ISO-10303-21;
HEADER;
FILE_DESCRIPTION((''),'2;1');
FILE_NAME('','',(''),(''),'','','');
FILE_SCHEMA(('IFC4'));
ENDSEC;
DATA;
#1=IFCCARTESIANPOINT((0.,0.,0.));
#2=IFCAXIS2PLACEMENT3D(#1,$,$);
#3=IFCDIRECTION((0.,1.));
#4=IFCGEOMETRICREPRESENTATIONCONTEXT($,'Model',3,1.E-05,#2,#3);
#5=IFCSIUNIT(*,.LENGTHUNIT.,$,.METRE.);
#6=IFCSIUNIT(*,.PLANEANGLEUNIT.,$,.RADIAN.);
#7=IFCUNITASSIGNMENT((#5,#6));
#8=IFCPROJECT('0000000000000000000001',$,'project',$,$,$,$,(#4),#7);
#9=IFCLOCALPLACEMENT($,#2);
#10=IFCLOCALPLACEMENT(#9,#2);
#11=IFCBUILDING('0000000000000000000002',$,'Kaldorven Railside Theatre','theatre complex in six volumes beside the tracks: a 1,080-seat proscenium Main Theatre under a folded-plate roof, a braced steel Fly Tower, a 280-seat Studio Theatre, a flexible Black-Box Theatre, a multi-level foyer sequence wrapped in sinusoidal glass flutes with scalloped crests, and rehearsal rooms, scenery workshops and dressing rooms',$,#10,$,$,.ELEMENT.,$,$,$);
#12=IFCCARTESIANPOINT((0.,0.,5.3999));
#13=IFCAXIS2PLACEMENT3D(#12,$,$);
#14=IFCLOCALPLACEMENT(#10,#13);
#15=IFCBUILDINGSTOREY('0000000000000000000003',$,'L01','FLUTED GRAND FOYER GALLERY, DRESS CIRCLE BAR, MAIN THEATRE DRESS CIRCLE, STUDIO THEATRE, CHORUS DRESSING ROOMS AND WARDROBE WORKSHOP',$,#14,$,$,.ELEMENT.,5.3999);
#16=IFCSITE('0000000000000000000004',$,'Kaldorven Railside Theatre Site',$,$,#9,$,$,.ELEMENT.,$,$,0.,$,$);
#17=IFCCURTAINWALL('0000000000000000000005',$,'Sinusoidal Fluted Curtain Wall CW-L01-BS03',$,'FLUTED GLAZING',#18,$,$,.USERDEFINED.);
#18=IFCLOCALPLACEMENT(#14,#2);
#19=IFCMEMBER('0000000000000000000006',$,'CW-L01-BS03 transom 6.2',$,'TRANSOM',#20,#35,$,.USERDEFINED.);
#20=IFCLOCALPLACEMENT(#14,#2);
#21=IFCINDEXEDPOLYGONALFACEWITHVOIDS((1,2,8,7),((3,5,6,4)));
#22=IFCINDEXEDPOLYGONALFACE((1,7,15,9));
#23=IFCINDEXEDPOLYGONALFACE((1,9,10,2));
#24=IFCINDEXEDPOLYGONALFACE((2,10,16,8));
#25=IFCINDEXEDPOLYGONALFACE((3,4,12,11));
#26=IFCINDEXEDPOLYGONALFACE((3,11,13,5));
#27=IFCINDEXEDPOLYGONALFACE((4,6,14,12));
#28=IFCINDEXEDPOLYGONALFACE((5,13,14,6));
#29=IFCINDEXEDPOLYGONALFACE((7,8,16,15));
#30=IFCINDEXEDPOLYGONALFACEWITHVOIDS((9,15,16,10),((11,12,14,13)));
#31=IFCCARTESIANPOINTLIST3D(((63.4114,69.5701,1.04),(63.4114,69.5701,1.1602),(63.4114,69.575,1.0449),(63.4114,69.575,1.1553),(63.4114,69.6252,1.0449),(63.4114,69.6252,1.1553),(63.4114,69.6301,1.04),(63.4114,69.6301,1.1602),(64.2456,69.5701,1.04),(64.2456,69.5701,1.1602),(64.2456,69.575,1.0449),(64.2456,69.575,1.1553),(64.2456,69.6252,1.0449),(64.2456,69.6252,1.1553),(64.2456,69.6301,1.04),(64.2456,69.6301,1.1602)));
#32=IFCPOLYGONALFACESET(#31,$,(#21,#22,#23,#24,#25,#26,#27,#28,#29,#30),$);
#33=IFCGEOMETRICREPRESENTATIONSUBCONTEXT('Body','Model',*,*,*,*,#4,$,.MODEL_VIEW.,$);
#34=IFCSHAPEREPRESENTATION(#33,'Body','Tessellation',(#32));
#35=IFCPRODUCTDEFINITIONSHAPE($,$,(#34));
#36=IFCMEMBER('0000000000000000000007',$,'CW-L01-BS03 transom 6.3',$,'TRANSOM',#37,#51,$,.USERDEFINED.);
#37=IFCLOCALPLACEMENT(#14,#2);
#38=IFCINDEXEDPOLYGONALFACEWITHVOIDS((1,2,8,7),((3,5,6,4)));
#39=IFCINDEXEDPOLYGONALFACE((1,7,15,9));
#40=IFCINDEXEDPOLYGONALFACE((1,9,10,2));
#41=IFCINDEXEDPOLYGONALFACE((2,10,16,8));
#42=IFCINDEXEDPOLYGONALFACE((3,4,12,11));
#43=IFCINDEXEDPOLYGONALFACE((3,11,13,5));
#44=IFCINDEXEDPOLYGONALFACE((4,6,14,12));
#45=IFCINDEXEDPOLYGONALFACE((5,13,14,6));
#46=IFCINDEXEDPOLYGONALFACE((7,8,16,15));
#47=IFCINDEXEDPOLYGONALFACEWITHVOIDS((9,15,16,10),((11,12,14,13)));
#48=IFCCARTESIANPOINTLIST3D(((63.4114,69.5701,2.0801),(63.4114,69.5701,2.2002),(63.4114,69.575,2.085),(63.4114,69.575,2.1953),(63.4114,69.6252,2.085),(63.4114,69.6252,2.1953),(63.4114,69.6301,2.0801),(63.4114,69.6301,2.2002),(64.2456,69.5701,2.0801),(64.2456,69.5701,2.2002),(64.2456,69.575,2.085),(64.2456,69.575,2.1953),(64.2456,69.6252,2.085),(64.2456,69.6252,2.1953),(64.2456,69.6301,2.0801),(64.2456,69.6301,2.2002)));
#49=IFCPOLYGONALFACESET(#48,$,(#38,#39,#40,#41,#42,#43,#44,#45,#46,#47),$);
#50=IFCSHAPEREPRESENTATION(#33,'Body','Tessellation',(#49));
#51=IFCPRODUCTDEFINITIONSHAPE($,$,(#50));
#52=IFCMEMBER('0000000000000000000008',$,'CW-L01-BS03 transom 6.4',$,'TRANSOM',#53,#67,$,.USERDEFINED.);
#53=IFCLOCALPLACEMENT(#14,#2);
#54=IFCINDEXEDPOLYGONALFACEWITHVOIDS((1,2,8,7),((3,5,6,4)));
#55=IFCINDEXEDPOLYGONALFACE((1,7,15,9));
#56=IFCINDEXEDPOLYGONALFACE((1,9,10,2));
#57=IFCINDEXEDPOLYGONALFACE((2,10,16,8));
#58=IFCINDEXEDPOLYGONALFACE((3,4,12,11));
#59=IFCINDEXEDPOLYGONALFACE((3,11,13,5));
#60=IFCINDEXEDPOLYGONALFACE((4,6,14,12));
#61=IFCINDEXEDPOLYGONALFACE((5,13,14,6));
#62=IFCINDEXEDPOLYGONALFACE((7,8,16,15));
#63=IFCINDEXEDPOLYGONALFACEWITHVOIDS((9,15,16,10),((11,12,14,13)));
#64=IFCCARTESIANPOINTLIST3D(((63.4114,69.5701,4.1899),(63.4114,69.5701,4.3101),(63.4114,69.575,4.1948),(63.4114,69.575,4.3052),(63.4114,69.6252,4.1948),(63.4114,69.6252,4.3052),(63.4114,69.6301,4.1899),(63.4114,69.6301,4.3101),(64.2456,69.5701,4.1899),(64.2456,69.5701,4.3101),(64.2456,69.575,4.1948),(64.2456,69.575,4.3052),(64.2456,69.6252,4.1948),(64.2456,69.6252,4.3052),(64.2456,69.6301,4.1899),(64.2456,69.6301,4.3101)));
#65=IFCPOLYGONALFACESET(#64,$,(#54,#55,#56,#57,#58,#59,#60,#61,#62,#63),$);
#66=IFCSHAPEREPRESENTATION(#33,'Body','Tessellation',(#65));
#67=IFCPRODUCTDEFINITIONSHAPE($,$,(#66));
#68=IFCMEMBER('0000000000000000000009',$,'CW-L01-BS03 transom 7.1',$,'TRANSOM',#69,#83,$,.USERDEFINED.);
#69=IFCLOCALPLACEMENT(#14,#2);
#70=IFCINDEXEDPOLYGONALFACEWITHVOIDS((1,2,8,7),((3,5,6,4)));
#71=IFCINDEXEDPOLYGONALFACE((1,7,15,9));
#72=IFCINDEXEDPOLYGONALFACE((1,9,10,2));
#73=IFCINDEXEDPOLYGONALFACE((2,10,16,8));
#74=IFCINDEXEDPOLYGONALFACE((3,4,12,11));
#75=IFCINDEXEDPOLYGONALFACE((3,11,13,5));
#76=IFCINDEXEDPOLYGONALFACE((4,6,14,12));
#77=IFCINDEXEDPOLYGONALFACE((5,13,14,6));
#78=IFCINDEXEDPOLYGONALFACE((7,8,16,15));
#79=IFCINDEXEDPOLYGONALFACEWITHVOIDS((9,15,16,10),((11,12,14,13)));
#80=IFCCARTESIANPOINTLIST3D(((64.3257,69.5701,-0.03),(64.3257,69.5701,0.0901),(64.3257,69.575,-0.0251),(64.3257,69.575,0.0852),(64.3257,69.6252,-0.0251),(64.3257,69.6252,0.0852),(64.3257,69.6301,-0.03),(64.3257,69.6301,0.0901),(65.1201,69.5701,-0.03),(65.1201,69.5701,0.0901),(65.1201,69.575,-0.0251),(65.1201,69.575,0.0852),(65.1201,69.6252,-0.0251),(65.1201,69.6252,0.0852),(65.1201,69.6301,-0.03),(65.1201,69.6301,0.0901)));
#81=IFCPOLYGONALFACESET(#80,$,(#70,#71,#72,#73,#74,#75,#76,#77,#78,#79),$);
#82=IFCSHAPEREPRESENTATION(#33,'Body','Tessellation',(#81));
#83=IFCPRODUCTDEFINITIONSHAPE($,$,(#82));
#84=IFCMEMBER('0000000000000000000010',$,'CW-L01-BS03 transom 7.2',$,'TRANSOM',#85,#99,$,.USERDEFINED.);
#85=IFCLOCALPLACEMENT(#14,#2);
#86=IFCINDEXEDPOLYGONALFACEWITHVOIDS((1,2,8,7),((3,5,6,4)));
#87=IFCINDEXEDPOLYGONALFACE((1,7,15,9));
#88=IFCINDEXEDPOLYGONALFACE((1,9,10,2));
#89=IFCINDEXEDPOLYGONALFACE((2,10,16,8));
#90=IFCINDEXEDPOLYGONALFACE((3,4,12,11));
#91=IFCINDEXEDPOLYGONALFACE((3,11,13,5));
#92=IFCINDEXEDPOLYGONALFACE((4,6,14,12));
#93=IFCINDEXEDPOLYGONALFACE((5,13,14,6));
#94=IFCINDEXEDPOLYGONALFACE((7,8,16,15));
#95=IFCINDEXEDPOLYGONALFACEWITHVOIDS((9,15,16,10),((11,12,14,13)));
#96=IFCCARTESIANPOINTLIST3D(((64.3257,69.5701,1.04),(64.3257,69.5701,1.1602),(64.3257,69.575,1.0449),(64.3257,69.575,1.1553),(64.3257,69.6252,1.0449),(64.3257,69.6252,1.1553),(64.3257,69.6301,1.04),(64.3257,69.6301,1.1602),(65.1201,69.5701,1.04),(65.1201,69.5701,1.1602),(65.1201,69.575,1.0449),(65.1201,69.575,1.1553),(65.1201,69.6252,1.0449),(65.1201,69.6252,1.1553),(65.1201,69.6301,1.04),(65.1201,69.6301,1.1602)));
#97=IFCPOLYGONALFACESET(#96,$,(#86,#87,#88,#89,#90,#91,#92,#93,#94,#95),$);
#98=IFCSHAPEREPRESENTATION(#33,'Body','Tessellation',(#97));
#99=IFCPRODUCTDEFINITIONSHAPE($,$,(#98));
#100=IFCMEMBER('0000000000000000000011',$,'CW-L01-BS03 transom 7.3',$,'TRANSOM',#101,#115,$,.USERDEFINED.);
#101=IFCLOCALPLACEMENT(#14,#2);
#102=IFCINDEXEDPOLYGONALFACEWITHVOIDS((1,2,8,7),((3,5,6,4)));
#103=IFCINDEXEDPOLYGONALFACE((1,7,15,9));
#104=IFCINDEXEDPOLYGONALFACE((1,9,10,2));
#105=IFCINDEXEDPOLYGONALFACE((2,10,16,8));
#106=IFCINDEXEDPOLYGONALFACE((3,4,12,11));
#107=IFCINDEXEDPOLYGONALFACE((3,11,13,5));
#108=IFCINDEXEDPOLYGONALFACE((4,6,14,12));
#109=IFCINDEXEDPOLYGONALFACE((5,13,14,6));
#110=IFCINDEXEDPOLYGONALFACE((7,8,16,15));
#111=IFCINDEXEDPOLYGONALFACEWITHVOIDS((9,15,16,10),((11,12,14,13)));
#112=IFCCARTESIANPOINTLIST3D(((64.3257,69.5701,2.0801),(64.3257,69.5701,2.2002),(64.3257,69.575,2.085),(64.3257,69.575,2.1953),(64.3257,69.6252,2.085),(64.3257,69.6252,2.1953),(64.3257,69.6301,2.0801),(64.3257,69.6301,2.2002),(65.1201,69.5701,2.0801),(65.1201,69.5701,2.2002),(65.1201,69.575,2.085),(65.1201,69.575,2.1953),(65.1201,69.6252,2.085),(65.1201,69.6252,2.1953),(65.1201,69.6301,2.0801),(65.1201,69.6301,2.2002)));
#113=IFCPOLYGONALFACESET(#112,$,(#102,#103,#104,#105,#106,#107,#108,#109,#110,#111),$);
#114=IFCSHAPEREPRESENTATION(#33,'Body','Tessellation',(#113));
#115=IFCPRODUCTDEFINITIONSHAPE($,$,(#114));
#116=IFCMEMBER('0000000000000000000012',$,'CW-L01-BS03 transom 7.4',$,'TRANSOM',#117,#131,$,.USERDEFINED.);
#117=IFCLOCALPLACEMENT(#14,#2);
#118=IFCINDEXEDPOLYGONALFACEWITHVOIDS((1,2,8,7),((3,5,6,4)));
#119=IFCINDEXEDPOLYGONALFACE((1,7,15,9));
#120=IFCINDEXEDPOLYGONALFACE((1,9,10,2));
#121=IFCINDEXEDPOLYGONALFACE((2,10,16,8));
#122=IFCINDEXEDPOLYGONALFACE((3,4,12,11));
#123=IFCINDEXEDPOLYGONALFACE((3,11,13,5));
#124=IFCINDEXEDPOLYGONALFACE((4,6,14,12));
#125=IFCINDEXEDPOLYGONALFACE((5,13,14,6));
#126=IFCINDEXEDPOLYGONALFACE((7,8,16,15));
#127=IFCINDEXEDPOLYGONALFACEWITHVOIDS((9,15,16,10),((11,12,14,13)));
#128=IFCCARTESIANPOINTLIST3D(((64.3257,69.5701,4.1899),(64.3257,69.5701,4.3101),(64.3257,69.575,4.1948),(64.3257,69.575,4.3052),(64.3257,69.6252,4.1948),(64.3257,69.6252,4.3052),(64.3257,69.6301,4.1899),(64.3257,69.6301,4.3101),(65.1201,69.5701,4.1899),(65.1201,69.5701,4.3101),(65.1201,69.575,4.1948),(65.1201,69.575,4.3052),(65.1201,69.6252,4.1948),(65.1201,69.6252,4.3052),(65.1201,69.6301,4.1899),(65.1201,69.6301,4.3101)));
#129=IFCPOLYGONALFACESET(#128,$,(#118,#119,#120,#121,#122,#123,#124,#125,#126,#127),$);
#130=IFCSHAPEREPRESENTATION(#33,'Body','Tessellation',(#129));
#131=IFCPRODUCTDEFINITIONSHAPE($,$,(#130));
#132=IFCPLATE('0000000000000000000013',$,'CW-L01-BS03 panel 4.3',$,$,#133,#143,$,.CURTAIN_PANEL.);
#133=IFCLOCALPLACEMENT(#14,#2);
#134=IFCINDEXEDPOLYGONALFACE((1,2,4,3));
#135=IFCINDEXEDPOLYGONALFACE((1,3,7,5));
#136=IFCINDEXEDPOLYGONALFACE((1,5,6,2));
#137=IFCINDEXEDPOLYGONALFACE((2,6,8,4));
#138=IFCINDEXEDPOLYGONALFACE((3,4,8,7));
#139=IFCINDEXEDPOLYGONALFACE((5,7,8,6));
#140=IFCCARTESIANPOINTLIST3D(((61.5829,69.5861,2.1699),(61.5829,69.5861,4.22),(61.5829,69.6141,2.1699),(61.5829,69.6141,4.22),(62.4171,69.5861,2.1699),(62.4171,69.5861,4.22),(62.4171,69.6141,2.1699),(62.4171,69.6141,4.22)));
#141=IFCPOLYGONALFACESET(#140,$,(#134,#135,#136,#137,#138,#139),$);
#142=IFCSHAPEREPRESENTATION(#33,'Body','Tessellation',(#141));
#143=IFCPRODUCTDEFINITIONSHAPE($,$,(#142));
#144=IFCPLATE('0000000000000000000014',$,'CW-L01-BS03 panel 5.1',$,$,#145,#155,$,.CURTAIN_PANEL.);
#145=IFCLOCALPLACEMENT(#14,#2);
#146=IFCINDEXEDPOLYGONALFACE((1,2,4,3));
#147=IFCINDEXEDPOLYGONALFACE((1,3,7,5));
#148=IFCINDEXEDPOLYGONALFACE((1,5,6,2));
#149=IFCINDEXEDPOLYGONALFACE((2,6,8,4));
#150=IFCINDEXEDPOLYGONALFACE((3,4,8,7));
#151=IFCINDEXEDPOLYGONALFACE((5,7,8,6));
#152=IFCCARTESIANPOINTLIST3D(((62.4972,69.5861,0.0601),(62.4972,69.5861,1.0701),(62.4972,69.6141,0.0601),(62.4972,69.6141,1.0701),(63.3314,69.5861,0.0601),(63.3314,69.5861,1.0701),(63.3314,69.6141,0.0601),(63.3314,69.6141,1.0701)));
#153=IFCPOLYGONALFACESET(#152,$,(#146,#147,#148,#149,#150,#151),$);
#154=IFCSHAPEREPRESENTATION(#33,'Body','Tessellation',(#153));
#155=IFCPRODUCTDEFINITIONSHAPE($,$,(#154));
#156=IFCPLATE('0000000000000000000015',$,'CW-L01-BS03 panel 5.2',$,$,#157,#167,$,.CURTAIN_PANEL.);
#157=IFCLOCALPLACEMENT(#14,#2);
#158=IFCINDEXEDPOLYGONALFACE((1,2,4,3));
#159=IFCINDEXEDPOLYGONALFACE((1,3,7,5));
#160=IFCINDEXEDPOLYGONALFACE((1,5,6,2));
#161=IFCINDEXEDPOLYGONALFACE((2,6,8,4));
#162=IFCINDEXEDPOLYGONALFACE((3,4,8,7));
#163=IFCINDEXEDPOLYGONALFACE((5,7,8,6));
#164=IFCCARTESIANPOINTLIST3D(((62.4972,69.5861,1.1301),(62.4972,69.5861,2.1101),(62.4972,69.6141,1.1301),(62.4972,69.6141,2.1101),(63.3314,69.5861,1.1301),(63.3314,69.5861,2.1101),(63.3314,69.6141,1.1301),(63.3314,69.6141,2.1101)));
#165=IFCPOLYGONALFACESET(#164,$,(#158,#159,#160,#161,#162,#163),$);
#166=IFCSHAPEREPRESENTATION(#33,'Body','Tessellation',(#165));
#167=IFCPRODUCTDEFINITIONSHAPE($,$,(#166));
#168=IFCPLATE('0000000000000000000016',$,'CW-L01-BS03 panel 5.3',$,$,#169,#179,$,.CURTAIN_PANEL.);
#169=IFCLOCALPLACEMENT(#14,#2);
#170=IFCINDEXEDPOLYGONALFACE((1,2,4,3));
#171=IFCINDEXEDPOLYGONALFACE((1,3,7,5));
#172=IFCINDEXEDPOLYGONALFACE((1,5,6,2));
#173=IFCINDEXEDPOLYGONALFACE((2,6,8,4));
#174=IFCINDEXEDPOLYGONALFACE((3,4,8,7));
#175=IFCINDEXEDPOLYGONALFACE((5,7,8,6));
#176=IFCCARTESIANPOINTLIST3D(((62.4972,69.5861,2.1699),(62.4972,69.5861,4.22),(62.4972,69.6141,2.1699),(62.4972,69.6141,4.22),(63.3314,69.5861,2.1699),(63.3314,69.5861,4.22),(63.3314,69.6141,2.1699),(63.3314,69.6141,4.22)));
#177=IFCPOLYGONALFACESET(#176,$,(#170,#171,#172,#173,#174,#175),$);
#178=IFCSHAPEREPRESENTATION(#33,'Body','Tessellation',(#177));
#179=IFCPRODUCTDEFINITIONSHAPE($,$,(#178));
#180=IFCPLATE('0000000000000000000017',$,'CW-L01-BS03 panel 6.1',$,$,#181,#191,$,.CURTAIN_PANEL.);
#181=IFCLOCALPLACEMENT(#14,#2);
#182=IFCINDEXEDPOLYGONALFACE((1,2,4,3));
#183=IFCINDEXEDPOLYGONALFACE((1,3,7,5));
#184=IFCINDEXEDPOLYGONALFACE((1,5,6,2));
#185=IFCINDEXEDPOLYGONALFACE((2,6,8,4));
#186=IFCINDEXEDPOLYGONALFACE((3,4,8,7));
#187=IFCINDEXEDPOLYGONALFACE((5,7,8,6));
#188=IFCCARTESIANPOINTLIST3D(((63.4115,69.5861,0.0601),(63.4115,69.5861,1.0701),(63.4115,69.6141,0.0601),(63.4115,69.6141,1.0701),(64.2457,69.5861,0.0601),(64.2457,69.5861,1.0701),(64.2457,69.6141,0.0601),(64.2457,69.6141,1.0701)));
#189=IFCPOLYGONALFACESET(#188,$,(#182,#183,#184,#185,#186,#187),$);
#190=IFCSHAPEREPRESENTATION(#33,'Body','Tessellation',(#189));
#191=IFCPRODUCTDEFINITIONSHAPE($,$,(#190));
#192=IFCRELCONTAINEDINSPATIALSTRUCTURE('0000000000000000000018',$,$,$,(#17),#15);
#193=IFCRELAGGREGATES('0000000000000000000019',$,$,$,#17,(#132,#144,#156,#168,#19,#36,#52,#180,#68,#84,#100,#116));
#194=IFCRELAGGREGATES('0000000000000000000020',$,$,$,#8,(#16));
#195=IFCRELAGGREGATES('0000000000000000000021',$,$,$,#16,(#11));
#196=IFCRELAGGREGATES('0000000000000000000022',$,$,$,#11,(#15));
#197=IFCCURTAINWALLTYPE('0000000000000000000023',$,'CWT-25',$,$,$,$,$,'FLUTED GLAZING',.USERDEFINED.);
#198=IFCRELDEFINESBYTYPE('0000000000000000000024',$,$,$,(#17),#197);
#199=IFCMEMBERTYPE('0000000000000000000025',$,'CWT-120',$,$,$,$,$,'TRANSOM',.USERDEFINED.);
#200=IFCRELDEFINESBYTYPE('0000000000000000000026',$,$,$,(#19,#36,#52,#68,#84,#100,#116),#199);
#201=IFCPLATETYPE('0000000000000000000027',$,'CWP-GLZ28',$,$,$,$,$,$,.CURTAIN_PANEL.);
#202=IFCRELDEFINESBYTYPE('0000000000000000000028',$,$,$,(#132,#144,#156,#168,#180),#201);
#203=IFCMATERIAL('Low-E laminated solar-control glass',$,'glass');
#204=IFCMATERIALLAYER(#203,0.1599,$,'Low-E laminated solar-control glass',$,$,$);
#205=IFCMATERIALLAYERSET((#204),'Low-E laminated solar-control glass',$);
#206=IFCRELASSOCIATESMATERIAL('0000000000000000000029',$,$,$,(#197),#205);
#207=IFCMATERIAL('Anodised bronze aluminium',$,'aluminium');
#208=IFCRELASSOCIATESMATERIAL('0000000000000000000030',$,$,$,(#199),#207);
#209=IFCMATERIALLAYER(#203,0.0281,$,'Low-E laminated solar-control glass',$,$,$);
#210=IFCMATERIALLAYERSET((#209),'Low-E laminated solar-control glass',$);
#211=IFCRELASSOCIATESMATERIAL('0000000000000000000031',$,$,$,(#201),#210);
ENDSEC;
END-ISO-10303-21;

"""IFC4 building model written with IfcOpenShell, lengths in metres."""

from ifc_helpers import new_model, si_unit, direction, frame, origin, origin_2d, place, context, subcontext, project, spatial, rectangle, hollow_rectangle, extrude, material, layer, layer_set, material_profile, profile_set, type_object, element, aggregate, save


model = new_model("IFC4")

# Units and contexts
model_context = context("Model", 3, precision=1e-05, world=origin(), true_north=direction((0.0, 1.0)))
body_context = subcontext(model_context, "Body", "Model", "MODEL_VIEW")
ifc_project = project(units=[si_unit("LENGTHUNIT", "METRE"), si_unit("PLANEANGLEUNIT", "RADIAN")], contexts=[model_context])

# Site, building, storey
site_placement = place(None, origin())
site = spatial("IfcSite", under=ifc_project, at=site_placement, Name="Kaldorven Railside Theatre Site", CompositionType="ELEMENT", RefElevation=0.0)
building_placement = place(site_placement, origin())
building = spatial("IfcBuilding", under=site, at=building_placement, Name="Kaldorven Railside Theatre", Description="theatre complex in six volumes beside the tracks: a 1,080-seat proscenium Main Theatre under a folded-plate roof, a braced steel Fly Tower, a 280-seat Studio Theatre, a flexible Black-Box Theatre, a multi-level foyer sequence wrapped in sinusoidal glass flutes with scalloped crests, and rehearsal rooms, scenery workshops and dressing rooms", CompositionType="ELEMENT")
storey_placement = place(building_placement, frame((0.0, 0.0, 5.3999)))
storey = spatial("IfcBuildingStorey", under=building, at=storey_placement, Name="L01", Description="FLUTED GRAND FOYER GALLERY, DRESS CIRCLE BAR, MAIN THEATRE DRESS CIRCLE, STUDIO THEATRE, CHORUS DRESSING ROOMS AND WARDROBE WORKSHOP", CompositionType="ELEMENT", Elevation=5.3999)

# Curtain wall, members, plates
ifc_material_1 = material(Name="Low-E laminated solar-control glass", Category="glass")
ifc_layer_1 = layer(ifc_material_1, 0.1599, Name="Low-E laminated solar-control glass")
ifc_layer_set_1 = layer_set([ifc_layer_1], Name="Low-E laminated solar-control glass")
curtain_wall_type = type_object("IfcCurtainWallType", Name="CWT-25", ElementType="FLUTED GLAZING", PredefinedType="USERDEFINED", material=ifc_layer_set_1)
curtain_wall_placement = place(storey_placement, origin())
curtain_wall = element("IfcCurtainWall", 1, at=curtain_wall_placement, inside=storey, type_object=curtain_wall_type, Name="Sinusoidal Fluted Curtain Wall CW-L01-BS03", ObjectType="FLUTED GLAZING", PredefinedType="USERDEFINED")
ifc_material_2 = material(Name="Anodised bronze aluminium", Category="aluminium")
ifc_material_profile_1 = material_profile(ifc_material_2, hollow_rectangle(XDim=0.0601, YDim=0.1201, WallThickness=0.0049, at=origin_2d()), Name="RHS 120x60x5")
ifc_profile_set_1 = profile_set([ifc_material_profile_1], Name="Anodised bronze aluminium")
member_type_1 = type_object("IfcMemberType", Name="CWT-120", ElementType="TRANSOM", PredefinedType="USERDEFINED", material=ifc_profile_set_1)
member_1_placement = place(storey_placement, frame((63.4114, 69.6001, 1.1001), z_axis=(1.0, 0.0, 0.0), x_axis=(0.0, 1.0, 0.0)))
member_1 = element("IfcMember", 2, at=member_1_placement, type_object=member_type_1, Name="CW-L01-BS03 transom 6.2", ObjectType="TRANSOM", PredefinedType="USERDEFINED", context=body_context, shape_type="SweptSolid", body=[
    extrude(hollow_rectangle(XDim=0.0601, YDim=0.1201, WallThickness=0.0049, at=origin_2d()), origin(), (0.0, 0.0, 1.0), 0.8342),
])
member_2_placement = place(storey_placement, frame((63.4114, 69.6001, 2.1401), z_axis=(1.0, 0.0, 0.0), x_axis=(0.0, 1.0, 0.0)))
member_2 = element("IfcMember", 3, at=member_2_placement, type_object=member_type_1, Name="CW-L01-BS03 transom 6.3", ObjectType="TRANSOM", PredefinedType="USERDEFINED", context=body_context, shape_type="SweptSolid", body=[
    extrude(hollow_rectangle(XDim=0.0601, YDim=0.1201, WallThickness=0.0049, at=origin_2d()), origin(), (0.0, 0.0, 1.0), 0.8342),
])
member_3_placement = place(storey_placement, frame((63.4114, 69.6001, 4.25), z_axis=(1.0, 0.0, 0.0), x_axis=(0.0, 1.0, 0.0)))
member_3 = element("IfcMember", 4, at=member_3_placement, type_object=member_type_1, Name="CW-L01-BS03 transom 6.4", ObjectType="TRANSOM", PredefinedType="USERDEFINED", context=body_context, shape_type="SweptSolid", body=[
    extrude(hollow_rectangle(XDim=0.0601, YDim=0.1201, WallThickness=0.0049, at=origin_2d()), origin(), (0.0, 0.0, 1.0), 0.8342),
])
member_4_placement = place(storey_placement, frame((64.3257, 69.6001, 0.03), z_axis=(1.0, 0.0, 0.0), x_axis=(0.0, 1.0, 0.0)))
member_4 = element("IfcMember", 5, at=member_4_placement, type_object=member_type_1, Name="CW-L01-BS03 transom 7.1", ObjectType="TRANSOM", PredefinedType="USERDEFINED", context=body_context, shape_type="SweptSolid", body=[
    extrude(hollow_rectangle(XDim=0.0601, YDim=0.1201, WallThickness=0.0049, at=origin_2d()), origin(), (0.0, 0.0, 1.0), 0.7944),
])
member_5_placement = place(storey_placement, frame((64.3257, 69.6001, 1.1001), z_axis=(1.0, 0.0, 0.0), x_axis=(0.0, 1.0, 0.0)))
member_5 = element("IfcMember", 6, at=member_5_placement, type_object=member_type_1, Name="CW-L01-BS03 transom 7.2", ObjectType="TRANSOM", PredefinedType="USERDEFINED", context=body_context, shape_type="SweptSolid", body=[
    extrude(hollow_rectangle(XDim=0.0601, YDim=0.1201, WallThickness=0.0049, at=origin_2d()), origin(), (0.0, 0.0, 1.0), 0.7944),
])
member_6_placement = place(storey_placement, frame((64.3257, 69.6001, 2.1401), z_axis=(1.0, 0.0, 0.0), x_axis=(0.0, 1.0, 0.0)))
member_6 = element("IfcMember", 7, at=member_6_placement, type_object=member_type_1, Name="CW-L01-BS03 transom 7.3", ObjectType="TRANSOM", PredefinedType="USERDEFINED", context=body_context, shape_type="SweptSolid", body=[
    extrude(hollow_rectangle(XDim=0.0601, YDim=0.1201, WallThickness=0.0049, at=origin_2d()), origin(), (0.0, 0.0, 1.0), 0.7944),
])
member_7_placement = place(storey_placement, frame((64.3257, 69.6001, 4.25), z_axis=(1.0, 0.0, 0.0), x_axis=(0.0, 1.0, 0.0)))
member_7 = element("IfcMember", 8, at=member_7_placement, type_object=member_type_1, Name="CW-L01-BS03 transom 7.4", ObjectType="TRANSOM", PredefinedType="USERDEFINED", context=body_context, shape_type="SweptSolid", body=[
    extrude(hollow_rectangle(XDim=0.0601, YDim=0.1201, WallThickness=0.0049, at=origin_2d()), origin(), (0.0, 0.0, 1.0), 0.7944),
])
ifc_layer_2 = layer(ifc_material_1, 0.0281, Name="Low-E laminated solar-control glass")
ifc_layer_set_2 = layer_set([ifc_layer_2], Name="Low-E laminated solar-control glass")
plate_type = type_object("IfcPlateType", Name="CWP-GLZ28", PredefinedType="CURTAIN_PANEL", material=ifc_layer_set_2)
plate_1_placement = place(storey_placement, frame((62.0, 69.6001, 2.1699), z_axis=(0.0, 0.0, 1.0), x_axis=(1.0, 0.0, 0.0)))
plate_1 = element("IfcPlate", 9, at=plate_1_placement, type_object=plate_type, Name="CW-L01-BS03 panel 4.3", PredefinedType="CURTAIN_PANEL", context=body_context, shape_type="SweptSolid", body=[
    extrude(rectangle(XDim=0.8342, YDim=0.0281, at=origin_2d()), origin(), (0.0, 0.0, 1.0), 2.05),
])
plate_2_placement = place(storey_placement, frame((62.9143, 69.6001, 0.0601), z_axis=(0.0, 0.0, 1.0), x_axis=(1.0, 0.0, 0.0)))
plate_2 = element("IfcPlate", 10, at=plate_2_placement, type_object=plate_type, Name="CW-L01-BS03 panel 5.1", PredefinedType="CURTAIN_PANEL", context=body_context, shape_type="SweptSolid", body=[
    extrude(rectangle(XDim=0.8342, YDim=0.0281, at=origin_2d()), origin(), (0.0, 0.0, 1.0), 1.01),
])
plate_3_placement = place(storey_placement, frame((62.9143, 69.6001, 1.1301), z_axis=(0.0, 0.0, 1.0), x_axis=(1.0, 0.0, 0.0)))
plate_3 = element("IfcPlate", 11, at=plate_3_placement, type_object=plate_type, Name="CW-L01-BS03 panel 5.2", PredefinedType="CURTAIN_PANEL", context=body_context, shape_type="SweptSolid", body=[
    extrude(rectangle(XDim=0.8342, YDim=0.0281, at=origin_2d()), origin(), (0.0, 0.0, 1.0), 0.98),
])
plate_4_placement = place(storey_placement, frame((62.9143, 69.6001, 2.1699), z_axis=(0.0, 0.0, 1.0), x_axis=(1.0, 0.0, 0.0)))
plate_4 = element("IfcPlate", 12, at=plate_4_placement, type_object=plate_type, Name="CW-L01-BS03 panel 5.3", PredefinedType="CURTAIN_PANEL", context=body_context, shape_type="SweptSolid", body=[
    extrude(rectangle(XDim=0.8342, YDim=0.0281, at=origin_2d()), origin(), (0.0, 0.0, 1.0), 2.05),
])
plate_5_placement = place(storey_placement, frame((63.8286, 69.6001, 0.0601), z_axis=(0.0, 0.0, 1.0), x_axis=(1.0, 0.0, 0.0)))
plate_5 = element("IfcPlate", 13, at=plate_5_placement, type_object=plate_type, Name="CW-L01-BS03 panel 6.1", PredefinedType="CURTAIN_PANEL", context=body_context, shape_type="SweptSolid", body=[
    extrude(rectangle(XDim=0.8342, YDim=0.0281, at=origin_2d()), origin(), (0.0, 0.0, 1.0), 1.01),
])
aggregate(curtain_wall, [plate_1, plate_2, plate_3, plate_4, member_1, member_2, member_3, plate_5, member_4, member_5, member_6, member_7])

save(model, "model.ifc")
